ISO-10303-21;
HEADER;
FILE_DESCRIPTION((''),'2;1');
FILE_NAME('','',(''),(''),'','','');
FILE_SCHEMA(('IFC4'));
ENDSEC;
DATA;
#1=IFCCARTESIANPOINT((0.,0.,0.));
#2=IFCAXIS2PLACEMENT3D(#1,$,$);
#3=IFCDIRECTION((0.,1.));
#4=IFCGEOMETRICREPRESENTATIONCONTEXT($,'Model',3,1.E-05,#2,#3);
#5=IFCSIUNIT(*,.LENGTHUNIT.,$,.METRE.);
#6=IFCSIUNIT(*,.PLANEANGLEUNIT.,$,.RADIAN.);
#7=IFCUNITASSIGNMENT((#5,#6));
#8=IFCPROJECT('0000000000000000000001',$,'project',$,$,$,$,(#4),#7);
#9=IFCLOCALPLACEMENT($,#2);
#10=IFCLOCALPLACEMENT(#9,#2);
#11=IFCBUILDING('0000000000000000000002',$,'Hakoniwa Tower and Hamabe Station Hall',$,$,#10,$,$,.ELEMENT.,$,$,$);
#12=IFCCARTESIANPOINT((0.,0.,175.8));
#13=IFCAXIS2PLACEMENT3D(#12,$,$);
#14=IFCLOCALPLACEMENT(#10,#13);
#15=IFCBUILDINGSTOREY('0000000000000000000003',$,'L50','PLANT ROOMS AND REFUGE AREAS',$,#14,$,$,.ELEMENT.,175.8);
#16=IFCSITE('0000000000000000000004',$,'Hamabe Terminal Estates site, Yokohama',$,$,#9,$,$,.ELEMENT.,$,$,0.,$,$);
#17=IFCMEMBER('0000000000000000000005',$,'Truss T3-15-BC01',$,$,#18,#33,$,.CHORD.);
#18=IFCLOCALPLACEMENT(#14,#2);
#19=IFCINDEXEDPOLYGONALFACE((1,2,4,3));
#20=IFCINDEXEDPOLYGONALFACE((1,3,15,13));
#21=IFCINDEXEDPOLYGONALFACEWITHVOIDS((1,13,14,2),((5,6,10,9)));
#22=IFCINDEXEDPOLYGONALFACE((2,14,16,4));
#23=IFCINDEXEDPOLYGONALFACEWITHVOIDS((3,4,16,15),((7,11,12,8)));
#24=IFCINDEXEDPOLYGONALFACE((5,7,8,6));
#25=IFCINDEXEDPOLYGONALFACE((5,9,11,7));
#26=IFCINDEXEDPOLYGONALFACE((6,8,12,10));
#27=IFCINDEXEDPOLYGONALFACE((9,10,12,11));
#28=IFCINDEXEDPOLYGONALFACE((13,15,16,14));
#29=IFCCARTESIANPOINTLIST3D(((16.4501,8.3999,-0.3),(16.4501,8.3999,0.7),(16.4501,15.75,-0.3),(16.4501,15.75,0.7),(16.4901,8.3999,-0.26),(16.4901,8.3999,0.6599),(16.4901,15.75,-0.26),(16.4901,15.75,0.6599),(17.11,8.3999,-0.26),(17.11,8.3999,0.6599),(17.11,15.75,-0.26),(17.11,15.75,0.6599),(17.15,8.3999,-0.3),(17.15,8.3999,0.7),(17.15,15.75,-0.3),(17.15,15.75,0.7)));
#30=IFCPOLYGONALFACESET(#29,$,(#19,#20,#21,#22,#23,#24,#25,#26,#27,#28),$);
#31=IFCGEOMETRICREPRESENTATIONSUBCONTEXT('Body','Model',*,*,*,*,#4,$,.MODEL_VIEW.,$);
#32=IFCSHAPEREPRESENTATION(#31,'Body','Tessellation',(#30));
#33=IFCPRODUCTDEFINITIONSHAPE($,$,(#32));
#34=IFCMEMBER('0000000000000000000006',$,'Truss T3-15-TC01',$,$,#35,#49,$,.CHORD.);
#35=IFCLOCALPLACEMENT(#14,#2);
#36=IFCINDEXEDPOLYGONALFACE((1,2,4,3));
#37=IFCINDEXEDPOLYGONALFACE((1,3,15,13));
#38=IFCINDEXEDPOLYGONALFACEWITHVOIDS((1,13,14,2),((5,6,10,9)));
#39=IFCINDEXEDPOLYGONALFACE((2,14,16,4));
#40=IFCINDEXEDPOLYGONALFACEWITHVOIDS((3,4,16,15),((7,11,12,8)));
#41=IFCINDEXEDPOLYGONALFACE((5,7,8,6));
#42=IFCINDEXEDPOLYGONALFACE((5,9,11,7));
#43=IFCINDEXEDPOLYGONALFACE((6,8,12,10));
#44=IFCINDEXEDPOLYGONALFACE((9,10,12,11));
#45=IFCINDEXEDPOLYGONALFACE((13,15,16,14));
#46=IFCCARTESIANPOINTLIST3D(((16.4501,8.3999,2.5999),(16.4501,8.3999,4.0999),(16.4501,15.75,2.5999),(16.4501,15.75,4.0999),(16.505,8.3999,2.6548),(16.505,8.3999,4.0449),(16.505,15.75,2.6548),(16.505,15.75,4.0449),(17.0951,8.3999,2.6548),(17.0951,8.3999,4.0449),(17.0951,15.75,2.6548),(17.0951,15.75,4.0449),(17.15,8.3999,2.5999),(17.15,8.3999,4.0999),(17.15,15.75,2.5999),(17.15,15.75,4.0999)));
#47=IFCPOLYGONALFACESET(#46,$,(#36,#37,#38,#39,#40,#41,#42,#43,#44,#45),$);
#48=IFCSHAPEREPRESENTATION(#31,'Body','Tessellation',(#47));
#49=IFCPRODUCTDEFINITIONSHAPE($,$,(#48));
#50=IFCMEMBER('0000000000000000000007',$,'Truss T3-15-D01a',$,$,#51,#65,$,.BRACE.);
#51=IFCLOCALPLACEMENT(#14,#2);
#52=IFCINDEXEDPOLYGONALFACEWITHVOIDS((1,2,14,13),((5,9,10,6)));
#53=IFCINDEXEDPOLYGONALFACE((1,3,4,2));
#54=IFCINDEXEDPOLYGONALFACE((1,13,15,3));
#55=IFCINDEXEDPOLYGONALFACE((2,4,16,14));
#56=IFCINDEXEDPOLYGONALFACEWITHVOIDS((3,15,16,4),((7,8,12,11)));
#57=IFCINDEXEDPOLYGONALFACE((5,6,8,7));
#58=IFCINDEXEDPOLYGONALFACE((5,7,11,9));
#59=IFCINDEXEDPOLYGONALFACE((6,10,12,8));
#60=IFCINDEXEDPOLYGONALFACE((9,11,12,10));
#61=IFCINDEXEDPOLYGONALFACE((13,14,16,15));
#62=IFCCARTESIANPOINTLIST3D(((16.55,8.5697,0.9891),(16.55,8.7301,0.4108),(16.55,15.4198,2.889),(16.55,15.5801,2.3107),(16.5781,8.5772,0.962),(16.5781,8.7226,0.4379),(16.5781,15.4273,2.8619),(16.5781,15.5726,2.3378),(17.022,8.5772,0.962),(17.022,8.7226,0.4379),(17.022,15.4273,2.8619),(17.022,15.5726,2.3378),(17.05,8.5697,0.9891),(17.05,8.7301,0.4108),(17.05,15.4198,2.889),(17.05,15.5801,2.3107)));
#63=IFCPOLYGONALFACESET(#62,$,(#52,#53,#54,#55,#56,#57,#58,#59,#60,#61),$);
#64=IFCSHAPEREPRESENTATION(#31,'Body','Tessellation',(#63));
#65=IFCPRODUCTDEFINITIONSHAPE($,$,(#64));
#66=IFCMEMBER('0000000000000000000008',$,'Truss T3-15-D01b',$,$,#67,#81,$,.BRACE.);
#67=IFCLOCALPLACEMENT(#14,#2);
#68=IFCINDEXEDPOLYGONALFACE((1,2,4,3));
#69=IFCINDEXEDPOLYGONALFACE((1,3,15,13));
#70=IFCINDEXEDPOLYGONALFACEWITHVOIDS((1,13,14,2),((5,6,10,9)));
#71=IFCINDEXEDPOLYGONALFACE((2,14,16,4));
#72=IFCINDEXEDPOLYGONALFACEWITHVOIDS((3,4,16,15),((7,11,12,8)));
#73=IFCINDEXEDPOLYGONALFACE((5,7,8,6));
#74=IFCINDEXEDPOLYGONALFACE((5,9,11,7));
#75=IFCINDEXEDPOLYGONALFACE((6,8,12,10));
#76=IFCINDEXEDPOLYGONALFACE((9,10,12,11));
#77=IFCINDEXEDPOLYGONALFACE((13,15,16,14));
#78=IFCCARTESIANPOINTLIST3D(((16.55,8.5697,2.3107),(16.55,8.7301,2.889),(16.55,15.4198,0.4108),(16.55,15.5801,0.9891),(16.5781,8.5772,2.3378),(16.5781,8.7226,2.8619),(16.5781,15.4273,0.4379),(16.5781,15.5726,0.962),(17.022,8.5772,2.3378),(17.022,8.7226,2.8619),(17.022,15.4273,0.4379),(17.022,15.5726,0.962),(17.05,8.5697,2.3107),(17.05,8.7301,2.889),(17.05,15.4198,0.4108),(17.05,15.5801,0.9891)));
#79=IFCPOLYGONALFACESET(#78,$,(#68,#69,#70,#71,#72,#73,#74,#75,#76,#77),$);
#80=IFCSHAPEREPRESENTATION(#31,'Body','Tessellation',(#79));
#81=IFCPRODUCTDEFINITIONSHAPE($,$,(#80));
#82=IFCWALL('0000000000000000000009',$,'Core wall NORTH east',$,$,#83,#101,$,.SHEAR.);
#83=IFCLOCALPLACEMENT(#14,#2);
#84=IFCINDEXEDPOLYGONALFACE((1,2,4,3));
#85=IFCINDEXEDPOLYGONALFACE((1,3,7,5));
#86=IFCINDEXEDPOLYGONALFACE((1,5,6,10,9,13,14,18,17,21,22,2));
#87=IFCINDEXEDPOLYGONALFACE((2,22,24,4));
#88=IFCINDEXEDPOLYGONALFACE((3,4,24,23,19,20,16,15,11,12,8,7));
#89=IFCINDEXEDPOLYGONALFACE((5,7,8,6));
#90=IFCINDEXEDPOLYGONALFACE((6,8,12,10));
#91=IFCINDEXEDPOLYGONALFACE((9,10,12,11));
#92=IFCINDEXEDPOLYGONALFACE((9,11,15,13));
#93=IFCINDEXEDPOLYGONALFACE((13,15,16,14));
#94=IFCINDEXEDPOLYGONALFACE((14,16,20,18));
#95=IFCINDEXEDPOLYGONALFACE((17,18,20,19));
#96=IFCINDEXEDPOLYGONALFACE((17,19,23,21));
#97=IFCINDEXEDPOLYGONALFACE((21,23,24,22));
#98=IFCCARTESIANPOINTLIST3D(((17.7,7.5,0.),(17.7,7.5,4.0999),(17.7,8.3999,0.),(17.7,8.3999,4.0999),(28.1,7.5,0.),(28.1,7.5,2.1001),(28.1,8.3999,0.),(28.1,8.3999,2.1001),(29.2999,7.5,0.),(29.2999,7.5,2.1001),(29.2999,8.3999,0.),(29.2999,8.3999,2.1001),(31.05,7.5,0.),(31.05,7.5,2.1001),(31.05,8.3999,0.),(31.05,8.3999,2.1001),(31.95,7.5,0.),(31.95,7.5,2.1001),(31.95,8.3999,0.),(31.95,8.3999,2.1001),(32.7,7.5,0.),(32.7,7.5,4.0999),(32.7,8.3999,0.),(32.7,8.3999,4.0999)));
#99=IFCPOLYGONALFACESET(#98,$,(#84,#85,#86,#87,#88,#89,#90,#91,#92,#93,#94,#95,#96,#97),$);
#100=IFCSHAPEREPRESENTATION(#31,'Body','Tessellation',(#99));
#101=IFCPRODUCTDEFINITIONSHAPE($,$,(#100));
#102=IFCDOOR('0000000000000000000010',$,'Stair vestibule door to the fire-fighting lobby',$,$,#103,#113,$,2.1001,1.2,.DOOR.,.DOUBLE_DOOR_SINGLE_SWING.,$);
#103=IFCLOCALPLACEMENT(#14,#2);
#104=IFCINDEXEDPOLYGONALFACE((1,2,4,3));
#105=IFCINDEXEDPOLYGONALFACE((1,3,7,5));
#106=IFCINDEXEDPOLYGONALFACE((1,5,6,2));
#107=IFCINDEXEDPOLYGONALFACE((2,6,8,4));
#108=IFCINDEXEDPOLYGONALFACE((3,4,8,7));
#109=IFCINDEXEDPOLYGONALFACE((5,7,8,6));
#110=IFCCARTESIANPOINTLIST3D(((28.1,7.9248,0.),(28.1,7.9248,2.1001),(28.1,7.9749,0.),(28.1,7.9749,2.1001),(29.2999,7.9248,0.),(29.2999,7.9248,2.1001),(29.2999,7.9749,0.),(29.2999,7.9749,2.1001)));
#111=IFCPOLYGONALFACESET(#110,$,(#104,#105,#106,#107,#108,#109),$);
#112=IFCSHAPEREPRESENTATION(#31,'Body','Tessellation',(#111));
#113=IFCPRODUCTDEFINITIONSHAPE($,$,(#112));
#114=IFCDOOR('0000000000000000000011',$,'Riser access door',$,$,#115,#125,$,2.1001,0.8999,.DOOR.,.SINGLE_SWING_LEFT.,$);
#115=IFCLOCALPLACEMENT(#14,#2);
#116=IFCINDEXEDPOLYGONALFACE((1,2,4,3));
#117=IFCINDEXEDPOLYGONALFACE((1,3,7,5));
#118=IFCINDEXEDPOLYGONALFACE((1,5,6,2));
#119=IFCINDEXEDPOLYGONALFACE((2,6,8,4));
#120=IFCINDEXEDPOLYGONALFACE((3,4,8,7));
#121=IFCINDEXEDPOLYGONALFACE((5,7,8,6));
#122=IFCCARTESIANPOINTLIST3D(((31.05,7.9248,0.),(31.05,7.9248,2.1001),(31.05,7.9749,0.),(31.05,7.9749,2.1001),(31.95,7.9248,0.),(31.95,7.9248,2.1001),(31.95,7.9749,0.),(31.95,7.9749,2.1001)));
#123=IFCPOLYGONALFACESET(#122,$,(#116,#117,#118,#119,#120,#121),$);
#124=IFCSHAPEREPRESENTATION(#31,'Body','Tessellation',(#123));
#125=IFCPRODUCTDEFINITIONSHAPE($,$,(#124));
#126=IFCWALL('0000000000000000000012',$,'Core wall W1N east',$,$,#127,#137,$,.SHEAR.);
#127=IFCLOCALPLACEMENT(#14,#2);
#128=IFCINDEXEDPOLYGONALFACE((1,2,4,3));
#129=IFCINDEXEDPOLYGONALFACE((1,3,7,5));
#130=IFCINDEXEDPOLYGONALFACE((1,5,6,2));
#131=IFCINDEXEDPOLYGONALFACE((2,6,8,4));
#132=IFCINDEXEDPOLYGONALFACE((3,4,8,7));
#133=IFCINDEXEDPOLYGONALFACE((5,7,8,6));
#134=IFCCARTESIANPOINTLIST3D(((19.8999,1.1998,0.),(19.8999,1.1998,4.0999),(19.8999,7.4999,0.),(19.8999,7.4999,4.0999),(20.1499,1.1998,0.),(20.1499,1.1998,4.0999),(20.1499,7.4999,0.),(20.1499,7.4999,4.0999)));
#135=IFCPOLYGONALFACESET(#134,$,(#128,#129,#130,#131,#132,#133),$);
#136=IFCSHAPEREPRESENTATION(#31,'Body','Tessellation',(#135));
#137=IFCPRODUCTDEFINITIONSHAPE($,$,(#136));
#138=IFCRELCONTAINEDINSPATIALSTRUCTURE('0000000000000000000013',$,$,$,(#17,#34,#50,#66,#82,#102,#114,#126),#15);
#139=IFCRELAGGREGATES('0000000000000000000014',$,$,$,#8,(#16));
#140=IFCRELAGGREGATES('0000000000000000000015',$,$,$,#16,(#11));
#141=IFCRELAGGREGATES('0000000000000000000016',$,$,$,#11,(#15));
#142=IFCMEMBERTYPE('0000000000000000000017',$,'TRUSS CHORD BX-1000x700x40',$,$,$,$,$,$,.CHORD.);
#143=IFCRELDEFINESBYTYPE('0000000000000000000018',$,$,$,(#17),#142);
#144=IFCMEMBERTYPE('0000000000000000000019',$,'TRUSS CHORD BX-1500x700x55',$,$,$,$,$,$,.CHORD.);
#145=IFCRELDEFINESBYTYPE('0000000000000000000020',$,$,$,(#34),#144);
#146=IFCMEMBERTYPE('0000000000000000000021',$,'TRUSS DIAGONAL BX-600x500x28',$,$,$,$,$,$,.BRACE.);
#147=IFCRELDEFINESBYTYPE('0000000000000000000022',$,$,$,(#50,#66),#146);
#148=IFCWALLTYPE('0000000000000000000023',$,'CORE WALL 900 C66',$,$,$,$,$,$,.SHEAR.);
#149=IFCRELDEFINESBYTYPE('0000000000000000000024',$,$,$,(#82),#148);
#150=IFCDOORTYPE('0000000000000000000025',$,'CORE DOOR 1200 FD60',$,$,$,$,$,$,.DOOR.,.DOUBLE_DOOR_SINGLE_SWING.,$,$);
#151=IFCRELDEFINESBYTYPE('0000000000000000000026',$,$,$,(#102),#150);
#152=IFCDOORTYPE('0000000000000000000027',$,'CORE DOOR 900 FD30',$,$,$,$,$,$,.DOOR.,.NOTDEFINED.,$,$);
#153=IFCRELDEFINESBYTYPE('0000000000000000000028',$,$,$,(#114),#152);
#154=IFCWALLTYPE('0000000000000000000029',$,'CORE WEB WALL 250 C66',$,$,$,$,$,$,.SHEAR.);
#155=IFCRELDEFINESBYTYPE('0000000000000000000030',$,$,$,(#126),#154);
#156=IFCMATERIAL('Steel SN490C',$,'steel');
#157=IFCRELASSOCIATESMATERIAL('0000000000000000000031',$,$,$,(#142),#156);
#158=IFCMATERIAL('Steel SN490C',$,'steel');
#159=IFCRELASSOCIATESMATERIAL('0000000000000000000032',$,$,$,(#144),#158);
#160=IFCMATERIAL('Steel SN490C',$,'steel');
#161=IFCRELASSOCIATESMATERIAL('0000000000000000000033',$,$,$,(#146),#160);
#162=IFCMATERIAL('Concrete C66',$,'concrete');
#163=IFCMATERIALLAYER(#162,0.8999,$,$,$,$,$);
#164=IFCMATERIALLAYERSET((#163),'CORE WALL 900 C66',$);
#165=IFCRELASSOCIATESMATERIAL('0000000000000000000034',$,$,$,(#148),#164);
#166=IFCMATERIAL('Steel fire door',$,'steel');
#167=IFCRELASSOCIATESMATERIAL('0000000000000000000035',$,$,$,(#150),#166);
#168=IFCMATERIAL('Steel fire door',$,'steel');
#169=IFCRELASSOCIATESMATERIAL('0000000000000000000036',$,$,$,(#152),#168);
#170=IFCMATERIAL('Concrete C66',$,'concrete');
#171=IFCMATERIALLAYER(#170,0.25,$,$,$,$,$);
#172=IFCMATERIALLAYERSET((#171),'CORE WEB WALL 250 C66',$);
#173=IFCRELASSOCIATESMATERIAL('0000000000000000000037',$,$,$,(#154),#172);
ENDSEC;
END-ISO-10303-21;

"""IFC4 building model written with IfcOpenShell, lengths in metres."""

from ifc_helpers import new_model, si_unit, direction, frame, frame_2d, origin, origin_2d, place, context, subcontext, project, spatial, rectangle, hollow_rectangle, extrude, material, layer, layer_set, material_profile, profile_set, type_object, element, fill, save


model = new_model("IFC4")

# Units and contexts
model_context = context("Model", 3, precision=1e-05, world=origin(), true_north=direction((0.0, 1.0)))
body_context = subcontext(model_context, "Body", "Model", "MODEL_VIEW")
ifc_project = project(units=[si_unit("LENGTHUNIT", "METRE"), si_unit("PLANEANGLEUNIT", "RADIAN")], contexts=[model_context])

# Site, building, storey
site_placement = place(None, origin())
site = spatial("IfcSite", under=ifc_project, at=site_placement, Name="Hamabe Terminal Estates site, Yokohama", CompositionType="ELEMENT", RefElevation=0.0)
building_placement = place(site_placement, origin())
building = spatial("IfcBuilding", under=site, at=building_placement, Name="Hakoniwa Tower and Hamabe Station Hall", CompositionType="ELEMENT")
storey_placement = place(building_placement, frame((0.0, 0.0, 175.8)))
storey = spatial("IfcBuildingStorey", under=building, at=storey_placement, Name="L50", Description="PLANT ROOMS AND REFUGE AREAS", CompositionType="ELEMENT", Elevation=175.8)

# Members
ifc_material_1 = material(Name="Steel SN490C", Category="steel")
ifc_material_profile_1 = material_profile(ifc_material_1, hollow_rectangle(XDim=0.7, YDim=1.0, WallThickness=0.04, at=origin_2d()), Name="BX-1000x700x40")
ifc_profile_set_1 = profile_set([ifc_material_profile_1], Name="Steel SN490C")
member_type_1 = type_object("IfcMemberType", Name="TRUSS CHORD BX-1000x700x40", PredefinedType="CHORD", material=ifc_profile_set_1)
member_1_placement = place(storey_placement, frame((16.8, 8.3999, 0.2), z_axis=(0.0, 1.0, 0.0), x_axis=(-1.0, 0.0, 0.0)))
element("IfcMember", 1, at=member_1_placement, inside=storey, type_object=member_type_1, Name="Truss T3-15-BC01", PredefinedType="CHORD", context=body_context, shape_type="SweptSolid", body=[
    extrude(hollow_rectangle(XDim=0.7, YDim=1.0, WallThickness=0.04, at=origin_2d()), origin(), (0.0, 0.0, 1.0), 7.3501),
])
ifc_material_2 = material(Name="Steel SN490C", Category="steel")
ifc_material_profile_2 = material_profile(ifc_material_2, hollow_rectangle(XDim=0.7, YDim=1.5, WallThickness=0.0549, at=origin_2d()), Name="BX-1500x700x55")
ifc_profile_set_2 = profile_set([ifc_material_profile_2], Name="Steel SN490C")
member_type_2 = type_object("IfcMemberType", Name="TRUSS CHORD BX-1500x700x55", PredefinedType="CHORD", material=ifc_profile_set_2)
member_2_placement = place(storey_placement, frame((16.8, 8.3999, 3.3499), z_axis=(0.0, 1.0, 0.0), x_axis=(-1.0, 0.0, 0.0)))
element("IfcMember", 2, at=member_2_placement, inside=storey, type_object=member_type_2, Name="Truss T3-15-TC01", PredefinedType="CHORD", context=body_context, shape_type="SweptSolid", body=[
    extrude(hollow_rectangle(XDim=0.7, YDim=1.5, WallThickness=0.0549, at=origin_2d()), origin(), (0.0, 0.0, 1.0), 7.3501),
])
ifc_material_3 = material(Name="Steel SN490C", Category="steel")
ifc_material_profile_3 = material_profile(ifc_material_3, hollow_rectangle(XDim=0.5, YDim=0.6001, WallThickness=0.0281, at=origin_2d()), Name="BX-600x500x28")
ifc_profile_set_3 = profile_set([ifc_material_profile_3], Name="Steel SN490C")
member_type_3 = type_object("IfcMemberType", Name="TRUSS DIAGONAL BX-600x500x28", PredefinedType="BRACE", material=ifc_profile_set_3)
for number, where, z_axis, x_axis, name in (
    (3, (16.8, 8.6499, 0.7), (0.0, 0.963623, 0.267265), (-1.0, 0.0, 0.0), "Truss T3-15-D01a"),
    (4, (16.8, 8.6499, 2.5999), (0.0, 0.963623, -0.267265), (-1.0, 0.0, 0.0), "Truss T3-15-D01b"),
):
    element("IfcMember", number, at=place(storey_placement, frame(where, z_axis=z_axis, x_axis=x_axis)), inside=storey, type_object=member_type_3, Name=name, PredefinedType="BRACE", context=body_context, shape_type="SweptSolid", body=[
        extrude(hollow_rectangle(XDim=0.5, YDim=0.6001, WallThickness=0.0281, at=origin_2d()), origin(), (0.0, 0.0, 1.0), 7.1086),
    ])

# Wall, openings, doors
ifc_material_4 = material(Name="Concrete C66", Category="concrete")
ifc_layer_1 = layer(ifc_material_4, 0.8999)
ifc_layer_set_1 = layer_set([ifc_layer_1], Name="CORE WALL 900 C66")
wall_type_1 = type_object("IfcWallType", Name="CORE WALL 900 C66", PredefinedType="SHEAR", material=ifc_layer_set_1)
wall_1_placement = place(storey_placement, frame((17.7, 7.95, 0.0), z_axis=(0.0, 0.0, 1.0), x_axis=(1.0, 0.0, 0.0)))
wall_1 = element("IfcWall", 5, at=wall_1_placement, inside=storey, type_object=wall_type_1, Name="Core wall NORTH east", PredefinedType="SHEAR", context=body_context, shape_type="SweptSolid", body=[
    extrude(rectangle(XDim=15.0, YDim=0.8999, at=frame_2d((7.5, 0.0))), origin(), (0.0, 0.0, 1.0), 4.0999),
])
opening_1_placement = place(wall_1_placement, frame((10.3999, 0.0, 0.0)))
opening_1 = element("IfcOpeningElement", 6, at=opening_1_placement, cuts=wall_1, PredefinedType="OPENING", context=body_context, shape_type="SweptSolid", body=[
    extrude(rectangle(XDim=1.2, YDim=2.1001, at=frame_2d((0.6001, 1.05))), frame((0.0, 0.46, 0.0), z_axis=(0.0, -1.0, 0.0), x_axis=(1.0, 0.0, 0.0)), (0.0, 0.0, 1.0), 0.9199),
])
opening_2_placement = place(wall_1_placement, frame((13.3501, 0.0, 0.0)))
opening_2 = element("IfcOpeningElement", 7, at=opening_2_placement, cuts=wall_1, PredefinedType="OPENING", context=body_context, shape_type="SweptSolid", body=[
    extrude(rectangle(XDim=0.8999, YDim=2.1001, at=frame_2d((0.45, 1.05))), frame((0.0, 0.46, 0.0), z_axis=(0.0, -1.0, 0.0), x_axis=(1.0, 0.0, 0.0)), (0.0, 0.0, 1.0), 0.9199),
])
ifc_material_5 = material(Name="Steel fire door", Category="steel")
door_type_1 = type_object("IfcDoorType", Name="CORE DOOR 1200 FD60", OperationType="DOUBLE_DOOR_SINGLE_SWING", PredefinedType="DOOR", material=ifc_material_5)
door_1_placement = place(opening_1_placement, origin())
door_1 = element("IfcDoor", 8, at=door_1_placement, inside=storey, type_object=door_type_1, Name="Stair vestibule door to the fire-fighting lobby", OperationType="DOUBLE_DOOR_SINGLE_SWING", OverallHeight=2.1001, OverallWidth=1.2, PredefinedType="DOOR", context=body_context, shape_type="SweptSolid", body=[
    extrude(rectangle(XDim=1.2, YDim=2.1001, at=frame_2d((0.6001, 1.05))), frame((0.0, 0.0249, 0.0), z_axis=(0.0, -1.0, 0.0), x_axis=(1.0, 0.0, 0.0)), (0.0, 0.0, 1.0), 0.05),
])
fill(opening_1, door_1)
ifc_material_6 = material(Name="Steel fire door", Category="steel")
door_type_2 = type_object("IfcDoorType", Name="CORE DOOR 900 FD30", OperationType="NOTDEFINED", PredefinedType="DOOR", material=ifc_material_6)
door_2_placement = place(opening_2_placement, origin())
door_2 = element("IfcDoor", 9, at=door_2_placement, inside=storey, type_object=door_type_2, Name="Riser access door", OperationType="SINGLE_SWING_LEFT", OverallHeight=2.1001, OverallWidth=0.8999, PredefinedType="DOOR", context=body_context, shape_type="SweptSolid", body=[
    extrude(rectangle(XDim=0.8999, YDim=2.1001, at=frame_2d((0.45, 1.05))), frame((0.0, 0.0249, 0.0), z_axis=(0.0, -1.0, 0.0), x_axis=(1.0, 0.0, 0.0)), (0.0, 0.0, 1.0), 0.05),
])
fill(opening_2, door_2)

# Wall
ifc_material_7 = material(Name="Concrete C66", Category="concrete")
ifc_layer_2 = layer(ifc_material_7, 0.25)
ifc_layer_set_2 = layer_set([ifc_layer_2], Name="CORE WEB WALL 250 C66")
wall_type_2 = type_object("IfcWallType", Name="CORE WEB WALL 250 C66", PredefinedType="SHEAR", material=ifc_layer_set_2)
wall_2_placement = place(storey_placement, frame((20.0249, 1.2, 0.0), z_axis=(0.0, 0.0, 1.0), x_axis=(0.0, 1.0, 0.0)))
element("IfcWall", 10, at=wall_2_placement, inside=storey, type_object=wall_type_2, Name="Core wall W1N east", PredefinedType="SHEAR", context=body_context, shape_type="SweptSolid", body=[
    extrude(rectangle(XDim=6.3, YDim=0.25, at=frame_2d((3.1499, 0.0))), origin(), (0.0, 0.0, 1.0), 4.0999),
])

save(model, "model.ifc")
